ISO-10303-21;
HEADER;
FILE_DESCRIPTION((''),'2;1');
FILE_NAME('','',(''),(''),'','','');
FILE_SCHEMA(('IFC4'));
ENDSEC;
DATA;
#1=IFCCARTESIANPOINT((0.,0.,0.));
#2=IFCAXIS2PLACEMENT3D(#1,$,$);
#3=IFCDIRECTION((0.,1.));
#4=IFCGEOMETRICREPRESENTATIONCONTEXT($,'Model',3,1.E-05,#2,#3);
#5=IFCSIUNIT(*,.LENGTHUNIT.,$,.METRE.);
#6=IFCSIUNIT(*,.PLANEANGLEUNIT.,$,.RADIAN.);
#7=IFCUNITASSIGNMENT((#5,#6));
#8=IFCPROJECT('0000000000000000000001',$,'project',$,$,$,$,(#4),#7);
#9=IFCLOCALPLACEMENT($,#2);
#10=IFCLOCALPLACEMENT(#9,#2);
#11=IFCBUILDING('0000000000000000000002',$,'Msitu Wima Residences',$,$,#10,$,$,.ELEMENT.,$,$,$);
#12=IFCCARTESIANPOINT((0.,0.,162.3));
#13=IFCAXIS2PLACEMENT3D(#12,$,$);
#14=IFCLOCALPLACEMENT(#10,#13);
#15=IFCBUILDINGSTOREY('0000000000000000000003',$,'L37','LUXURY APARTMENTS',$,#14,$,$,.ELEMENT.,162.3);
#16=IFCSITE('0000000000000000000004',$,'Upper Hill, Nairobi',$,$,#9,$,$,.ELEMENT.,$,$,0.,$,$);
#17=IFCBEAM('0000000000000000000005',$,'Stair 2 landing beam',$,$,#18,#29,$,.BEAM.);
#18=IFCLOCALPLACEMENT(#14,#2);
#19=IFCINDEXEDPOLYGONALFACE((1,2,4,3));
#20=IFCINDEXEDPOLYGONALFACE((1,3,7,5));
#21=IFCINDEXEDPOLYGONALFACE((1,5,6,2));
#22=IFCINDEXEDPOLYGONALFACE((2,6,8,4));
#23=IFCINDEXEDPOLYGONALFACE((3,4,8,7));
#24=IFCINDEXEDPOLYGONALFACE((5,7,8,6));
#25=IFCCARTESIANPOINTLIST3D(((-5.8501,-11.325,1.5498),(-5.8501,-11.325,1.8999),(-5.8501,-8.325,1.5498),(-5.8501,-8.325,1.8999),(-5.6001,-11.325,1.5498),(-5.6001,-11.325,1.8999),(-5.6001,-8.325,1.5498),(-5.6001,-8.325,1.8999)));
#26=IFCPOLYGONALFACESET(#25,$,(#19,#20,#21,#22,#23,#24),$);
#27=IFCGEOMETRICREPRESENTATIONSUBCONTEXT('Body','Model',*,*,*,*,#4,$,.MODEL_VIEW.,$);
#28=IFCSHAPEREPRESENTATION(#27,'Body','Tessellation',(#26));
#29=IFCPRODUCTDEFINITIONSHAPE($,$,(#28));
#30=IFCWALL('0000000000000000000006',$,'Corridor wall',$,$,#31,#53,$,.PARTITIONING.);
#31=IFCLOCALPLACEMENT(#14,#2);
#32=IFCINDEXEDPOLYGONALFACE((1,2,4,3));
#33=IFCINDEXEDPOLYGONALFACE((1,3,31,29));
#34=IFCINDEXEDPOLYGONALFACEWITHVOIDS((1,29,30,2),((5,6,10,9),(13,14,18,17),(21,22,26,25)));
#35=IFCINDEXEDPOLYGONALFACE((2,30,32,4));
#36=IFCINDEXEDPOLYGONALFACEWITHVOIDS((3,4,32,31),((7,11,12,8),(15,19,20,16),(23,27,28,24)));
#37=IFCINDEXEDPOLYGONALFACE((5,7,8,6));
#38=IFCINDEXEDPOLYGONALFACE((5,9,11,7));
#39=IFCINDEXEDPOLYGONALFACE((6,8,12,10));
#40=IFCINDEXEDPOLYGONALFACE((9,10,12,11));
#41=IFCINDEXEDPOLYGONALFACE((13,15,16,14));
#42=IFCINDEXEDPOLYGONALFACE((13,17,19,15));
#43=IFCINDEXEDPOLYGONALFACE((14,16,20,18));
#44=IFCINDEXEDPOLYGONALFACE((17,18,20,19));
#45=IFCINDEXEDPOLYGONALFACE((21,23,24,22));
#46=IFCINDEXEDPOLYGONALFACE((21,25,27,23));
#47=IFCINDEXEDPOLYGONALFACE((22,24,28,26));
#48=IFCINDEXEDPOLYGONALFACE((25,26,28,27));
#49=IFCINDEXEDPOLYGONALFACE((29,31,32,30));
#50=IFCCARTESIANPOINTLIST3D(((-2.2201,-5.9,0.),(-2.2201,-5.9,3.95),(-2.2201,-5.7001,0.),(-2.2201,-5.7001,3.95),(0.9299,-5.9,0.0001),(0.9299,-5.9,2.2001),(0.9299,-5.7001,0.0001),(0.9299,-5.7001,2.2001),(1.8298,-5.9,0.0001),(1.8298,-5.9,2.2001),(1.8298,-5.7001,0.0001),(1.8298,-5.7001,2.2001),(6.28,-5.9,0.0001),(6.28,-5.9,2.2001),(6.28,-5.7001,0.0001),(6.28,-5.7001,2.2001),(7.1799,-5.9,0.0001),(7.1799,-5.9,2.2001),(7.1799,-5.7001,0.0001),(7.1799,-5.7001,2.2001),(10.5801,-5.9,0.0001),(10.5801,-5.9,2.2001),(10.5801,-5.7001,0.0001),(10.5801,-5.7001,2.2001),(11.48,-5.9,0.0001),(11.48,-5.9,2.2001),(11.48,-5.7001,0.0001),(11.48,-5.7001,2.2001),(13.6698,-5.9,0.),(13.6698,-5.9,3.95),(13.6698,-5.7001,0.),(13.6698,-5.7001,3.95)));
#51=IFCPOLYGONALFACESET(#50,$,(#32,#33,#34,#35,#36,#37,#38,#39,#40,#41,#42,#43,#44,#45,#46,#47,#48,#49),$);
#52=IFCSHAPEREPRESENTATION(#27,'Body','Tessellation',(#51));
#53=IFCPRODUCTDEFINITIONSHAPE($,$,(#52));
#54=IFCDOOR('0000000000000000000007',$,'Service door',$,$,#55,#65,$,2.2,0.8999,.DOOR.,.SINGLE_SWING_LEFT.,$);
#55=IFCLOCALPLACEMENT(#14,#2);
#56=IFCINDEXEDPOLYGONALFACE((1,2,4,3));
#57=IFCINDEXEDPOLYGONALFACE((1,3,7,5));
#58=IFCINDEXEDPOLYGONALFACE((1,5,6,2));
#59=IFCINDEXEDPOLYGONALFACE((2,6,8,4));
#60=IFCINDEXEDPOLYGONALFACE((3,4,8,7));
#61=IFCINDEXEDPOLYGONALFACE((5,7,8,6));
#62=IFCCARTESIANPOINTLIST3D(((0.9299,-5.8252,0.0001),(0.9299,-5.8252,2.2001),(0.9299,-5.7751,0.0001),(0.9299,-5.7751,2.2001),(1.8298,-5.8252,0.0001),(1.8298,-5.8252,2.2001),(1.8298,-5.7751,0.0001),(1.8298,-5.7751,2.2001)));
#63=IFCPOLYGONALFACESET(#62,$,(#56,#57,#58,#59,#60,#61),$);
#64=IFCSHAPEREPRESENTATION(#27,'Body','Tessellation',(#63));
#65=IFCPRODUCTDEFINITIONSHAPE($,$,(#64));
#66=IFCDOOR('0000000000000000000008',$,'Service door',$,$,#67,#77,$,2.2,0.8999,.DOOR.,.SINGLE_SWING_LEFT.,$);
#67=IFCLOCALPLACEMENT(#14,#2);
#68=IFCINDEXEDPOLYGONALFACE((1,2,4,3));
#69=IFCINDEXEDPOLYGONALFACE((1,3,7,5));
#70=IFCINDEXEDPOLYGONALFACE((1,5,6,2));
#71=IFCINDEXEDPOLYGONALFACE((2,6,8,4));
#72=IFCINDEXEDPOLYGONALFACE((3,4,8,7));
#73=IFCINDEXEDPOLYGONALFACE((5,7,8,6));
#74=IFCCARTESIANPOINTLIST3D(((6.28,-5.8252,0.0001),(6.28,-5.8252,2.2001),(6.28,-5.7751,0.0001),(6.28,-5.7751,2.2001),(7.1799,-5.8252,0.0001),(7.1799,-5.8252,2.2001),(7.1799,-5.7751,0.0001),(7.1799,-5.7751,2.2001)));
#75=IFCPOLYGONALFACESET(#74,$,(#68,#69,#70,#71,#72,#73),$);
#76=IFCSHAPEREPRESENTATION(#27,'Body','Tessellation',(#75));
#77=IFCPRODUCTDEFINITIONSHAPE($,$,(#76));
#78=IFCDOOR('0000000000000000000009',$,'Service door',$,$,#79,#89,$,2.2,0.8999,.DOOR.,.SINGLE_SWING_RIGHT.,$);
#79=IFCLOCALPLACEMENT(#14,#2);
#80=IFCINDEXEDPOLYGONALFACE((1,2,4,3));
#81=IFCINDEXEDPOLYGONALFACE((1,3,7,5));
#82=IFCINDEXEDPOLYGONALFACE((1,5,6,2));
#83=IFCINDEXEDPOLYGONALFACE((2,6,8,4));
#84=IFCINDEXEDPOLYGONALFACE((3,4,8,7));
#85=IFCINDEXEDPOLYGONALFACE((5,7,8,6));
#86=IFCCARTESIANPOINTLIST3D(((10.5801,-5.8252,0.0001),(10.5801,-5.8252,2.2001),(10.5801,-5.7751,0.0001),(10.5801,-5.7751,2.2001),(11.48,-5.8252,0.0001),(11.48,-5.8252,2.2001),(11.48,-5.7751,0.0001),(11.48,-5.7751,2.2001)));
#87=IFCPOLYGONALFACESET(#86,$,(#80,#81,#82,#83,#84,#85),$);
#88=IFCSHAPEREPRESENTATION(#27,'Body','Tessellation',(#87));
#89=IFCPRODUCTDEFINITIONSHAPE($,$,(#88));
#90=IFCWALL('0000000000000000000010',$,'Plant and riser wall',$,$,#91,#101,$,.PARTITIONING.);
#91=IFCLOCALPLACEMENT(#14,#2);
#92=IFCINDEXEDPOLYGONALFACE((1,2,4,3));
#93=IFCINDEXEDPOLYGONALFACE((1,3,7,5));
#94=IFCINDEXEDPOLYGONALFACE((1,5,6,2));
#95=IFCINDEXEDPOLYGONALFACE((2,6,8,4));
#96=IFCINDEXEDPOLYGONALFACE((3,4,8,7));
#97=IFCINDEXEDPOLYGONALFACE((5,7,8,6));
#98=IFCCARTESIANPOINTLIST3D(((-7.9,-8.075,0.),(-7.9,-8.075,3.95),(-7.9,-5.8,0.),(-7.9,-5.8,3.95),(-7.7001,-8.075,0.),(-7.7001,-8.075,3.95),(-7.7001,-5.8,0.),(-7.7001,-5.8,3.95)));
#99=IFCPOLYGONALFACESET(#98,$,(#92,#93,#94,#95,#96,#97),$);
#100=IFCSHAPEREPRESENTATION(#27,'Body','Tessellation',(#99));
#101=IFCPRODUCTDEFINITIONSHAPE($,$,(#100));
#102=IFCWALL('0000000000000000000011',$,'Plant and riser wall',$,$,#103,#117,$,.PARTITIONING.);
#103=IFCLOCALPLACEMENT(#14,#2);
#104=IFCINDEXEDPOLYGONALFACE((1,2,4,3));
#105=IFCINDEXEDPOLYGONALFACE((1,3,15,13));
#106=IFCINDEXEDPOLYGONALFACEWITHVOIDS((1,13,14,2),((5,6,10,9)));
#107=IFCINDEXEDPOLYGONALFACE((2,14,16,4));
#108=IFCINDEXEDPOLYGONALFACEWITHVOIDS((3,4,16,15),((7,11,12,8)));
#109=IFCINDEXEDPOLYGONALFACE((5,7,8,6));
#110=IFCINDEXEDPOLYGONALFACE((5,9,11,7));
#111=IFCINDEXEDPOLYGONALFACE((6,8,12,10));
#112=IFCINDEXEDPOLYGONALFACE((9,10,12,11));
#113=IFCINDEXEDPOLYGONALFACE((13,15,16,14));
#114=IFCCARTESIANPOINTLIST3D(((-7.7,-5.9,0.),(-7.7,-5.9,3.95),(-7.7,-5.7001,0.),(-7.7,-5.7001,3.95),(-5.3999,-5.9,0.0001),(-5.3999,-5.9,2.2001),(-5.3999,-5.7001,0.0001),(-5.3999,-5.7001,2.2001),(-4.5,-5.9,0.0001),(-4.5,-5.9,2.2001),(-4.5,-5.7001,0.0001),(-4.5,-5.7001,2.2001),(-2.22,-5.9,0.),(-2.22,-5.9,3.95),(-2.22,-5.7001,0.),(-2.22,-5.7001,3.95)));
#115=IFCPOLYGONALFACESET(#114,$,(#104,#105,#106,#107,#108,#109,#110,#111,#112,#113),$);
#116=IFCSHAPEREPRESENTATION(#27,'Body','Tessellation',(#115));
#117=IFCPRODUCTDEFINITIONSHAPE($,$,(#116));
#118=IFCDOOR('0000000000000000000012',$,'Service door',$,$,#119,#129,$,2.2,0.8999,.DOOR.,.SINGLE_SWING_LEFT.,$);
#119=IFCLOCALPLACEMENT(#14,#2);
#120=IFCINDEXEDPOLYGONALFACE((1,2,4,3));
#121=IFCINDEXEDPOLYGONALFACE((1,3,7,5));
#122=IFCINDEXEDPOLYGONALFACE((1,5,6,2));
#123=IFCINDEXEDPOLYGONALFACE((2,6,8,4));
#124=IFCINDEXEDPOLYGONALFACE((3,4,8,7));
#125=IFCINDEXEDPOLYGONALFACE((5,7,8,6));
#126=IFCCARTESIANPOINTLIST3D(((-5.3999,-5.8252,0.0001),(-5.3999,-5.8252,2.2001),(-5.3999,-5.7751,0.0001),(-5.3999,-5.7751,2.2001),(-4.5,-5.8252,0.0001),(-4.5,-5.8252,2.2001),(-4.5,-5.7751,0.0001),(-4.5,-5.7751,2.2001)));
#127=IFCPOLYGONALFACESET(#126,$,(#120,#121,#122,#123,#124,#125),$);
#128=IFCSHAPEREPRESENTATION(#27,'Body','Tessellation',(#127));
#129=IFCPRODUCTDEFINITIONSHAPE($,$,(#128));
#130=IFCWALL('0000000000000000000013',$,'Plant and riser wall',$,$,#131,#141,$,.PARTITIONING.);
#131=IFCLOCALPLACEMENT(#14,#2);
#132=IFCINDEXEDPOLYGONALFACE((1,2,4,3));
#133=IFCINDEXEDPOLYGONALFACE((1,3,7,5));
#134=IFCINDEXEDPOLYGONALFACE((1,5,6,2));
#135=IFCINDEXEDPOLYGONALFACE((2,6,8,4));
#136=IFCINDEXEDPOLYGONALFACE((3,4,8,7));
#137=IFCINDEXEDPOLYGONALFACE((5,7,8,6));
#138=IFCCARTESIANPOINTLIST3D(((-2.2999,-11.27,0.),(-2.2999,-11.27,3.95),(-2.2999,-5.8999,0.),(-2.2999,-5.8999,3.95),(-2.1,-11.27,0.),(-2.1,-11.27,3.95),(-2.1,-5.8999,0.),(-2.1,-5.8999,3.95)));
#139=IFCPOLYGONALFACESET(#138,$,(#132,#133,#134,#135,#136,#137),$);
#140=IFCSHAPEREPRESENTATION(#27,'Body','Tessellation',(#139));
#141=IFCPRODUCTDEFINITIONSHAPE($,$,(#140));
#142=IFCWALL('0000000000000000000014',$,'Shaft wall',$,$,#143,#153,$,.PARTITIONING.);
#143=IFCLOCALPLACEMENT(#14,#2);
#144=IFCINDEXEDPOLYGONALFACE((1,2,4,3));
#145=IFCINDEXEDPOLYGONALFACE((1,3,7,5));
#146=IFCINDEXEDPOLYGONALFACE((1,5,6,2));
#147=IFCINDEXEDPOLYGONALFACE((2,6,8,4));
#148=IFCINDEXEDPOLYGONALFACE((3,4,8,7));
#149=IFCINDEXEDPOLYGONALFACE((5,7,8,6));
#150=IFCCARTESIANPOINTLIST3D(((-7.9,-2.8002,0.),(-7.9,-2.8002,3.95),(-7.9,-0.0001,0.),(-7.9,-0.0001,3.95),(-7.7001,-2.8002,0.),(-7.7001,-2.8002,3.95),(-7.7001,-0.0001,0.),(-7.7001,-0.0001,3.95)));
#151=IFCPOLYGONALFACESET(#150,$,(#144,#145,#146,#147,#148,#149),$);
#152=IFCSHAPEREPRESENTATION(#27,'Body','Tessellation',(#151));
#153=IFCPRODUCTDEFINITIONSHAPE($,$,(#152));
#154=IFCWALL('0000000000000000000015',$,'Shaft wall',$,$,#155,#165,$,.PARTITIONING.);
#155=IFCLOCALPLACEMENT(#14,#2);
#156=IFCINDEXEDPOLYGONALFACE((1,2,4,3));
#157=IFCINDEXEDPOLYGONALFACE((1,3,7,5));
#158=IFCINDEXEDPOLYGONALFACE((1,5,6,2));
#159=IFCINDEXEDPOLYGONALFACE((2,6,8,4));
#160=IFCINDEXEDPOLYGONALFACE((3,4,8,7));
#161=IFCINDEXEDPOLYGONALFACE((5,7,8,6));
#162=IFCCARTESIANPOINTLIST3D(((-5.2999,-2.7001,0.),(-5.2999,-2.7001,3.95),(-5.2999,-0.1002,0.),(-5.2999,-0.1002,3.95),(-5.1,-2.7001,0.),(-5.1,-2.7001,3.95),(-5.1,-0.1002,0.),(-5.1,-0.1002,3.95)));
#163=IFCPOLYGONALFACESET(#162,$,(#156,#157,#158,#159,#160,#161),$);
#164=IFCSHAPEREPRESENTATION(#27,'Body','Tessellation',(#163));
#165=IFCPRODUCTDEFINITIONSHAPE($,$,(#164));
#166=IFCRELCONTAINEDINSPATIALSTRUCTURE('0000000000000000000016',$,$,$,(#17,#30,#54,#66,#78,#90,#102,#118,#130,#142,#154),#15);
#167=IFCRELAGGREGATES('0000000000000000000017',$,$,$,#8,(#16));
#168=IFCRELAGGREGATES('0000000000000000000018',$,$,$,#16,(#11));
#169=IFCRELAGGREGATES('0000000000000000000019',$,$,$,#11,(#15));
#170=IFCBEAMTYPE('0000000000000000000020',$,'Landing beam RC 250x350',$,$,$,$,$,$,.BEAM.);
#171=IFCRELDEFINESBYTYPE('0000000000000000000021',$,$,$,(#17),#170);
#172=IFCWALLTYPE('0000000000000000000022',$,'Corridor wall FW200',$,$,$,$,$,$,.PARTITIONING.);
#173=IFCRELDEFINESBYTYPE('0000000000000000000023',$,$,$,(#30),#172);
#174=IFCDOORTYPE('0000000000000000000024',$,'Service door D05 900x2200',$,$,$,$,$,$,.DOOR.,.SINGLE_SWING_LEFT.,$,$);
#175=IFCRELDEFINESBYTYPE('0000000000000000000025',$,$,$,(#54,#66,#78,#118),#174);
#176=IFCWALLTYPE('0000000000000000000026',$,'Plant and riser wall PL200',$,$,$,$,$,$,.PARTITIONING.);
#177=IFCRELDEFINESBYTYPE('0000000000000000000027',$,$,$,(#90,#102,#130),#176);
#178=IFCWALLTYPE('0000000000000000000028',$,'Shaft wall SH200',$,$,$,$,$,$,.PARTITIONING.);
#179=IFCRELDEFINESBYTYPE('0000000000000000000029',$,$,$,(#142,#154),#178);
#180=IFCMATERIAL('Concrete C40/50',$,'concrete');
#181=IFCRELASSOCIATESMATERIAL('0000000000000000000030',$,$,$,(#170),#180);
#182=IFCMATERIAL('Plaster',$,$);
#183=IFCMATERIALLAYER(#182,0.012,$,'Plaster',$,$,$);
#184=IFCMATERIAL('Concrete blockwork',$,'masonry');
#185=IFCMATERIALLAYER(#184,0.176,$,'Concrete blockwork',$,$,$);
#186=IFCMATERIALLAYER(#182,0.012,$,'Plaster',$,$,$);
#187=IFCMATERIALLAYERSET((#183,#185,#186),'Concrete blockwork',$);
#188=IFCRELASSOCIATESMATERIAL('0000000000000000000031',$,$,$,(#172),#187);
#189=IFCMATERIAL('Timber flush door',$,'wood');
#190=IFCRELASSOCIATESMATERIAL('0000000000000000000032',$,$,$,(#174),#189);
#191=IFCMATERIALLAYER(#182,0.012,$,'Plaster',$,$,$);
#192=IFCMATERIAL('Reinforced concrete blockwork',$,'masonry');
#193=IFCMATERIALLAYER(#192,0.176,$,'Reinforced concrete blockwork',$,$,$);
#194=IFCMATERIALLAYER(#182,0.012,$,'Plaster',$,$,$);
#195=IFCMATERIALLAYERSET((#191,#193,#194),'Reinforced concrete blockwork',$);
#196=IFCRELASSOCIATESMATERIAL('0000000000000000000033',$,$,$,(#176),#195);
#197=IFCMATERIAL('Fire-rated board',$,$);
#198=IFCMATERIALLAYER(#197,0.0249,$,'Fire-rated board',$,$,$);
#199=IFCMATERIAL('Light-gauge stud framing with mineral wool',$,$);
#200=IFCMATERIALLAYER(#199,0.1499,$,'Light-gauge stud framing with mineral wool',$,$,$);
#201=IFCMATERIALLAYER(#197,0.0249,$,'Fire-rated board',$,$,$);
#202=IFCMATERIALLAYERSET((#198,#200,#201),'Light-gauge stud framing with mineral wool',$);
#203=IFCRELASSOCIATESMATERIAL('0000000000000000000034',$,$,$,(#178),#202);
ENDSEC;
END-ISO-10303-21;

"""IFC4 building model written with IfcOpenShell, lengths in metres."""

from ifc_helpers import new_model, si_unit, direction, frame, frame_2d, origin, origin_2d, place, context, subcontext, project, spatial, rectangle, extrude, material, layer, layer_set, material_profile, profile_set, type_object, element, fill, save


model = new_model("IFC4")

# Units and contexts
model_context = context("Model", 3, precision=1e-05, world=origin(), true_north=direction((0.0, 1.0)))
body_context = subcontext(model_context, "Body", "Model", "MODEL_VIEW")
ifc_project = project(units=[si_unit("LENGTHUNIT", "METRE"), si_unit("PLANEANGLEUNIT", "RADIAN")], contexts=[model_context])

# Site, building, storey
site_placement = place(None, origin())
site = spatial("IfcSite", under=ifc_project, at=site_placement, Name="Upper Hill, Nairobi", CompositionType="ELEMENT", RefElevation=0.0)
building_placement = place(site_placement, origin())
building = spatial("IfcBuilding", under=site, at=building_placement, Name="Msitu Wima Residences", CompositionType="ELEMENT")
storey_placement = place(building_placement, frame((0.0, 0.0, 162.3)))
storey = spatial("IfcBuildingStorey", under=building, at=storey_placement, Name="L37", Description="LUXURY APARTMENTS", CompositionType="ELEMENT", Elevation=162.3)

# Beam
ifc_material_1 = material(Name="Concrete C40/50", Category="concrete")
ifc_material_profile = material_profile(ifc_material_1, rectangle(XDim=0.25, YDim=0.3501, at=origin_2d()), Name="RC 250x350")
ifc_profile_set = profile_set([ifc_material_profile], Name="Concrete C40/50")
beam_type = type_object("IfcBeamType", Name="Landing beam RC 250x350", PredefinedType="BEAM", material=ifc_profile_set)
beam_placement = place(storey_placement, frame((-5.7251, -11.325, 1.7249), z_axis=(0.0, 1.0, 0.0), x_axis=(-1.0, 0.0, 0.0)))
element("IfcBeam", 1, at=beam_placement, inside=storey, type_object=beam_type, Name="Stair 2 landing beam", PredefinedType="BEAM", context=body_context, shape_type="SweptSolid", body=[
    extrude(rectangle(XDim=0.25, YDim=0.3501, at=origin_2d()), origin(), (0.0, 0.0, 1.0), 3.0),
])

# Shared definitions
ifc_material_2 = material(Name="Plaster")
ifc_layer_1 = layer(ifc_material_2, 0.012, Name="Plaster")
ifc_material_3 = material(Name="Concrete blockwork", Category="masonry")
ifc_layer_2 = layer(ifc_material_3, 0.176, Name="Concrete blockwork")
ifc_layer_3 = layer(ifc_material_2, 0.012, Name="Plaster")
ifc_layer_set_1 = layer_set([ifc_layer_1, ifc_layer_2, ifc_layer_3], Name="Concrete blockwork")
wall_type_1 = type_object("IfcWallType", Name="Corridor wall FW200", PredefinedType="PARTITIONING", material=ifc_layer_set_1)

# Wall, openings, doors
wall_1_placement = place(storey_placement, frame((-2.22, -5.8, 0.0), z_axis=(0.0, 0.0, 1.0), x_axis=(1.0, 0.0, 0.0)))
wall_1 = element("IfcWall", 2, at=wall_1_placement, inside=storey, type_object=wall_type_1, Name="Corridor wall", PredefinedType="PARTITIONING", context=body_context, shape_type="SweptSolid", body=[
    extrude(rectangle(XDim=15.8899, YDim=0.2, at=frame_2d((7.9448, 0.0))), origin(), (0.0, 0.0, 1.0), 3.95),
])
opening_1_placement = place(wall_1_placement, frame((3.1499, 0.0, 0.0)))
opening_1 = element("IfcOpeningElement", 3, at=opening_1_placement, cuts=wall_1, PredefinedType="OPENING", context=body_context, shape_type="SweptSolid", body=[
    extrude(rectangle(XDim=0.8999, YDim=2.2, at=frame_2d((0.45, 1.1001))), frame((0.0, 0.1099, 0.0), z_axis=(0.0, -1.0, 0.0), x_axis=(1.0, 0.0, 0.0)), (0.0, 0.0, 1.0), 0.22),
])
opening_2_placement = place(wall_1_placement, frame((8.5, 0.0, 0.0)))
opening_2 = element("IfcOpeningElement", 4, at=opening_2_placement, cuts=wall_1, PredefinedType="OPENING", context=body_context, shape_type="SweptSolid", body=[
    extrude(rectangle(XDim=0.8999, YDim=2.2, at=frame_2d((0.45, 1.1001))), frame((0.0, 0.1099, 0.0), z_axis=(0.0, -1.0, 0.0), x_axis=(1.0, 0.0, 0.0)), (0.0, 0.0, 1.0), 0.22),
])
opening_3_placement = place(wall_1_placement, frame((12.8, 0.0, 0.0)))
opening_3 = element("IfcOpeningElement", 5, at=opening_3_placement, cuts=wall_1, PredefinedType="OPENING", context=body_context, shape_type="SweptSolid", body=[
    extrude(rectangle(XDim=0.8999, YDim=2.2, at=frame_2d((0.45, 1.1001))), frame((0.0, 0.1099, 0.0), z_axis=(0.0, -1.0, 0.0), x_axis=(1.0, 0.0, 0.0)), (0.0, 0.0, 1.0), 0.22),
])
ifc_material_4 = material(Name="Timber flush door", Category="wood")
door_type_1 = type_object("IfcDoorType", Name="Service door D05 900x2200", OperationType="SINGLE_SWING_LEFT", PredefinedType="DOOR", material=ifc_material_4)
door_1_placement = place(opening_1_placement, origin())
door_1 = element("IfcDoor", 6, at=door_1_placement, inside=storey, type_object=door_type_1, Name="Service door", OperationType="SINGLE_SWING_LEFT", OverallHeight=2.2, OverallWidth=0.8999, PredefinedType="DOOR", context=body_context, shape_type="SweptSolid", body=[
    extrude(rectangle(XDim=0.8999, YDim=2.2, at=frame_2d((0.45, 1.1001))), frame((0.0, 0.0249, 0.0), z_axis=(0.0, -1.0, 0.0), x_axis=(1.0, 0.0, 0.0)), (0.0, 0.0, 1.0), 0.05),
])
fill(opening_1, door_1)
door_2_placement = place(opening_2_placement, origin())
door_2 = element("IfcDoor", 7, at=door_2_placement, inside=storey, type_object=door_type_1, Name="Service door", OperationType="SINGLE_SWING_LEFT", OverallHeight=2.2, OverallWidth=0.8999, PredefinedType="DOOR", context=body_context, shape_type="SweptSolid", body=[
    extrude(rectangle(XDim=0.8999, YDim=2.2, at=frame_2d((0.45, 1.1001))), frame((0.0, 0.0249, 0.0), z_axis=(0.0, -1.0, 0.0), x_axis=(1.0, 0.0, 0.0)), (0.0, 0.0, 1.0), 0.05),
])
fill(opening_2, door_2)
door_3_placement = place(opening_3_placement, origin())
door_3 = element("IfcDoor", 8, at=door_3_placement, inside=storey, type_object=door_type_1, Name="Service door", OperationType="SINGLE_SWING_RIGHT", OverallHeight=2.2, OverallWidth=0.8999, PredefinedType="DOOR", context=body_context, shape_type="SweptSolid", body=[
    extrude(rectangle(XDim=0.8999, YDim=2.2, at=frame_2d((0.45, 1.1001))), frame((0.0, 0.0249, 0.0), z_axis=(0.0, -1.0, 0.0), x_axis=(1.0, 0.0, 0.0)), (0.0, 0.0, 1.0), 0.05),
])
fill(opening_3, door_3)

# Wall
ifc_layer_4 = layer(ifc_material_2, 0.012, Name="Plaster")
ifc_material_5 = material(Name="Reinforced concrete blockwork", Category="masonry")
ifc_layer_5 = layer(ifc_material_5, 0.176, Name="Reinforced concrete blockwork")
ifc_layer_6 = layer(ifc_material_2, 0.012, Name="Plaster")
ifc_layer_set_2 = layer_set([ifc_layer_4, ifc_layer_5, ifc_layer_6], Name="Reinforced concrete blockwork")
wall_type_2 = type_object("IfcWallType", Name="Plant and riser wall PL200", PredefinedType="PARTITIONING", material=ifc_layer_set_2)
wall_2_placement = place(storey_placement, frame((-7.8, -8.075, 0.0), z_axis=(0.0, 0.0, 1.0), x_axis=(0.0, 1.0, 0.0)))
element("IfcWall", 9, at=wall_2_placement, inside=storey, type_object=wall_type_2, Name="Plant and riser wall", PredefinedType="PARTITIONING", context=body_context, shape_type="SweptSolid", body=[
    extrude(rectangle(XDim=2.2749, YDim=0.2, at=frame_2d((1.1375, 0.0))), origin(), (0.0, 0.0, 1.0), 3.95),
])

# Wall, opening, door
wall_3_placement = place(storey_placement, frame((-7.7, -5.8, 0.0), z_axis=(0.0, 0.0, 1.0), x_axis=(1.0, 0.0, 0.0)))
wall_3 = element("IfcWall", 10, at=wall_3_placement, inside=storey, type_object=wall_type_2, Name="Plant and riser wall", PredefinedType="PARTITIONING", context=body_context, shape_type="SweptSolid", body=[
    extrude(rectangle(XDim=5.48, YDim=0.2, at=frame_2d((2.74, 0.0))), origin(), (0.0, 0.0, 1.0), 3.95),
])
opening_4_placement = place(wall_3_placement, frame((2.3, 0.0, 0.0)))
opening_4 = element("IfcOpeningElement", 11, at=opening_4_placement, cuts=wall_3, PredefinedType="OPENING", context=body_context, shape_type="SweptSolid", body=[
    extrude(rectangle(XDim=0.8999, YDim=2.2, at=frame_2d((0.45, 1.1001))), frame((0.0, 0.1099, 0.0), z_axis=(0.0, -1.0, 0.0), x_axis=(1.0, 0.0, 0.0)), (0.0, 0.0, 1.0), 0.22),
])
door_4_placement = place(opening_4_placement, origin())
door_4 = element("IfcDoor", 12, at=door_4_placement, inside=storey, type_object=door_type_1, Name="Service door", OperationType="SINGLE_SWING_LEFT", OverallHeight=2.2, OverallWidth=0.8999, PredefinedType="DOOR", context=body_context, shape_type="SweptSolid", body=[
    extrude(rectangle(XDim=0.8999, YDim=2.2, at=frame_2d((0.45, 1.1001))), frame((0.0, 0.0249, 0.0), z_axis=(0.0, -1.0, 0.0), x_axis=(1.0, 0.0, 0.0)), (0.0, 0.0, 1.0), 0.05),
])
fill(opening_4, door_4)

# Walls
wall_4_placement = place(storey_placement, frame((-2.2, -11.27, 0.0), z_axis=(0.0, 0.0, 1.0), x_axis=(0.0, 1.0, 0.0)))
element("IfcWall", 13, at=wall_4_placement, inside=storey, type_object=wall_type_2, Name="Plant and riser wall", PredefinedType="PARTITIONING", context=body_context, shape_type="SweptSolid", body=[
    extrude(rectangle(XDim=5.3701, YDim=0.2, at=frame_2d((2.6851, 0.0))), origin(), (0.0, 0.0, 1.0), 3.95),
])
ifc_material_6 = material(Name="Fire-rated board")
ifc_layer_7 = layer(ifc_material_6, 0.0249, Name="Fire-rated board")
ifc_material_7 = material(Name="Light-gauge stud framing with mineral wool")
ifc_layer_8 = layer(ifc_material_7, 0.1499, Name="Light-gauge stud framing with mineral wool")
ifc_layer_9 = layer(ifc_material_6, 0.0249, Name="Fire-rated board")
ifc_layer_set_3 = layer_set([ifc_layer_7, ifc_layer_8, ifc_layer_9], Name="Light-gauge stud framing with mineral wool")
wall_type_3 = type_object("IfcWallType", Name="Shaft wall SH200", PredefinedType="PARTITIONING", material=ifc_layer_set_3)
wall_5_placement = place(storey_placement, frame((-7.8, -2.8, 0.0), z_axis=(0.0, 0.0, 1.0), x_axis=(0.0, 1.0, 0.0)))
element("IfcWall", 14, at=wall_5_placement, inside=storey, type_object=wall_type_3, Name="Shaft wall", PredefinedType="PARTITIONING", context=body_context, shape_type="SweptSolid", body=[
    extrude(rectangle(XDim=2.8, YDim=0.2, at=frame_2d((1.3999, 0.0))), origin(), (0.0, 0.0, 1.0), 3.95),
])
for number, where, z_axis, x_axis, name in (
    (15, (-5.2, -2.7, 0.0), (0.0, 0.0, 1.0), (0.0, 1.0, 0.0), "Shaft wall"),
):
    element("IfcWall", number, at=place(storey_placement, frame(where, z_axis=z_axis, x_axis=x_axis)), inside=storey, type_object=wall_type_3, Name=name, PredefinedType="PARTITIONING", context=body_context, shape_type="SweptSolid", body=[
        extrude(rectangle(XDim=2.5999, YDim=0.2, at=frame_2d((1.2998, 0.0))), origin(), (0.0, 0.0, 1.0), 3.95),
    ])

save(model, "model.ifc")
